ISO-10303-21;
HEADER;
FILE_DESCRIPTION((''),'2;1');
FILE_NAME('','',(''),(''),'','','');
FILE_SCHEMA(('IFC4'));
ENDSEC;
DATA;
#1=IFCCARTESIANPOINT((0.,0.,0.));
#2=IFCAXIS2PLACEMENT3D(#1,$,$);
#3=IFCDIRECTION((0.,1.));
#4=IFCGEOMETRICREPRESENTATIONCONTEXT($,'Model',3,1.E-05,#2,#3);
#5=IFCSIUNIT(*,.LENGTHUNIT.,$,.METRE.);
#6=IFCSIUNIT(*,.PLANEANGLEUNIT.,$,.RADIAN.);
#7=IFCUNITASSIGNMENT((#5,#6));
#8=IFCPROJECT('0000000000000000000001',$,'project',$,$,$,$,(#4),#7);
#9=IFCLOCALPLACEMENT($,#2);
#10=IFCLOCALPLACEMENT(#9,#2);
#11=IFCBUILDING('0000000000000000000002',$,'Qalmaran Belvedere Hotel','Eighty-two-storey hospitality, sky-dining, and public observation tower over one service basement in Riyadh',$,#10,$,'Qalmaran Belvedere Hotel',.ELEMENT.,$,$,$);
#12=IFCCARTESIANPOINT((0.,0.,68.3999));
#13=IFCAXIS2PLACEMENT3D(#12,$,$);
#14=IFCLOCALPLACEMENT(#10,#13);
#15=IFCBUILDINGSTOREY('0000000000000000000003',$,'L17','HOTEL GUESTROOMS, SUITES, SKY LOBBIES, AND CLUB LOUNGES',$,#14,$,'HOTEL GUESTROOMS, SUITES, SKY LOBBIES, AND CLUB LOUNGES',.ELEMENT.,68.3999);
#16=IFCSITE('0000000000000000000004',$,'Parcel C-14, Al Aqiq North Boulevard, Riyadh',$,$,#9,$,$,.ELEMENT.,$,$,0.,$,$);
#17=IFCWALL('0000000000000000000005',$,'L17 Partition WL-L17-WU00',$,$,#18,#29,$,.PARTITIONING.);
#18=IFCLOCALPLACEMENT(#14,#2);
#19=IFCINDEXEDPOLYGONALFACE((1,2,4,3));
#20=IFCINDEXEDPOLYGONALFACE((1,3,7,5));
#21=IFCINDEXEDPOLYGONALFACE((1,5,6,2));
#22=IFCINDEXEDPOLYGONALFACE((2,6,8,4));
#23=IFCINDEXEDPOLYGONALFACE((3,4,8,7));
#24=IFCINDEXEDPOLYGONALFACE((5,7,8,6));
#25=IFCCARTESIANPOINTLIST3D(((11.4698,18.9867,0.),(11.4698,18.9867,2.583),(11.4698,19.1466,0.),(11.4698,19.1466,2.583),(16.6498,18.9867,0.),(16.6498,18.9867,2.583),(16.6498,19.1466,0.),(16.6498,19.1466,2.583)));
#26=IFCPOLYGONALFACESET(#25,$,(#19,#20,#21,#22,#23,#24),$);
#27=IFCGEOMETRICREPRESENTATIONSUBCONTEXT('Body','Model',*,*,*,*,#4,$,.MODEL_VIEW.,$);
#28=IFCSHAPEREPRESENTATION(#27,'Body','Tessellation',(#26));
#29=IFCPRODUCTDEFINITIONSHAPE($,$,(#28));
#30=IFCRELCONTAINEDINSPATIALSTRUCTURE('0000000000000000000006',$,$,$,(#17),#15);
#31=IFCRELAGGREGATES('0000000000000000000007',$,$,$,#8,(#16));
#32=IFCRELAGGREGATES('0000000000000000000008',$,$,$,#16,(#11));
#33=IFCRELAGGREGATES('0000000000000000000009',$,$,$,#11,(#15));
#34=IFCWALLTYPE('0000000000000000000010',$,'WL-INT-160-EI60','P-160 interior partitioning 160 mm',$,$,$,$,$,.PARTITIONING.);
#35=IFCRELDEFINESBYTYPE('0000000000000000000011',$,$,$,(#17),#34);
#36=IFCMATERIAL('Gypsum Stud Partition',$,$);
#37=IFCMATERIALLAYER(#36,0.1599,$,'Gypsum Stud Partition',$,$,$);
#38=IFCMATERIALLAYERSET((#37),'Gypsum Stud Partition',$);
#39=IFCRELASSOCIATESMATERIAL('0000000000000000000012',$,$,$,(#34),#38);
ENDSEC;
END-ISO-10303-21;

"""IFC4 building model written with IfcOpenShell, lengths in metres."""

from ifc_helpers import new_model, si_unit, direction, frame, frame_2d, origin, place, context, subcontext, project, spatial, rectangle, extrude, material, layer, layer_set, type_object, element, save


model = new_model("IFC4")

# Units and contexts
model_context = context("Model", 3, precision=1e-05, world=origin(), true_north=direction((0.0, 1.0)))
body_context = subcontext(model_context, "Body", "Model", "MODEL_VIEW")
ifc_project = project(units=[si_unit("LENGTHUNIT", "METRE"), si_unit("PLANEANGLEUNIT", "RADIAN")], contexts=[model_context])

# Site, building, storey
site_placement = place(None, origin())
site = spatial("IfcSite", under=ifc_project, at=site_placement, Name="Parcel C-14, Al Aqiq North Boulevard, Riyadh", CompositionType="ELEMENT", RefElevation=0.0)
building_placement = place(site_placement, origin())
building = spatial("IfcBuilding", under=site, at=building_placement, Name="Qalmaran Belvedere Hotel", Description="Eighty-two-storey hospitality, sky-dining, and public observation tower over one service basement in Riyadh", LongName="Qalmaran Belvedere Hotel", CompositionType="ELEMENT")
storey_placement = place(building_placement, frame((0.0, 0.0, 68.3999)))
storey = spatial("IfcBuildingStorey", under=building, at=storey_placement, Name="L17", Description="HOTEL GUESTROOMS, SUITES, SKY LOBBIES, AND CLUB LOUNGES", LongName="HOTEL GUESTROOMS, SUITES, SKY LOBBIES, AND CLUB LOUNGES", CompositionType="ELEMENT", Elevation=68.3999)

# Wall
ifc_material_1 = material(Name="Gypsum Stud Partition")
ifc_layer_1 = layer(ifc_material_1, 0.1599, Name="Gypsum Stud Partition")
ifc_layer_set_1 = layer_set([ifc_layer_1], Name="Gypsum Stud Partition")
wall_type_1 = type_object("IfcWallType", Name="WL-INT-160-EI60", Description="P-160 interior partitioning 160 mm", PredefinedType="PARTITIONING", material=ifc_layer_set_1)
for number, where, z_axis, x_axis, name in (
    (1, (11.47, 19.0667, 0.0), (0.0, 0.0, 1.0), (1.0, 0.0, 0.0), "L17 Partition WL-L17-WU00"),
):
    element("IfcWall", number, at=place(storey_placement, frame(where, z_axis=z_axis, x_axis=x_axis)), inside=storey, type_object=wall_type_1, Name=name, PredefinedType="PARTITIONING", context=body_context, shape_type="SweptSolid", body=[
        extrude(rectangle(XDim=5.1799, YDim=0.1599, at=frame_2d((2.5898, 0.0))), origin(), (0.0, 0.0, 1.0), 2.583),
    ])

save(model, "model.ifc")
